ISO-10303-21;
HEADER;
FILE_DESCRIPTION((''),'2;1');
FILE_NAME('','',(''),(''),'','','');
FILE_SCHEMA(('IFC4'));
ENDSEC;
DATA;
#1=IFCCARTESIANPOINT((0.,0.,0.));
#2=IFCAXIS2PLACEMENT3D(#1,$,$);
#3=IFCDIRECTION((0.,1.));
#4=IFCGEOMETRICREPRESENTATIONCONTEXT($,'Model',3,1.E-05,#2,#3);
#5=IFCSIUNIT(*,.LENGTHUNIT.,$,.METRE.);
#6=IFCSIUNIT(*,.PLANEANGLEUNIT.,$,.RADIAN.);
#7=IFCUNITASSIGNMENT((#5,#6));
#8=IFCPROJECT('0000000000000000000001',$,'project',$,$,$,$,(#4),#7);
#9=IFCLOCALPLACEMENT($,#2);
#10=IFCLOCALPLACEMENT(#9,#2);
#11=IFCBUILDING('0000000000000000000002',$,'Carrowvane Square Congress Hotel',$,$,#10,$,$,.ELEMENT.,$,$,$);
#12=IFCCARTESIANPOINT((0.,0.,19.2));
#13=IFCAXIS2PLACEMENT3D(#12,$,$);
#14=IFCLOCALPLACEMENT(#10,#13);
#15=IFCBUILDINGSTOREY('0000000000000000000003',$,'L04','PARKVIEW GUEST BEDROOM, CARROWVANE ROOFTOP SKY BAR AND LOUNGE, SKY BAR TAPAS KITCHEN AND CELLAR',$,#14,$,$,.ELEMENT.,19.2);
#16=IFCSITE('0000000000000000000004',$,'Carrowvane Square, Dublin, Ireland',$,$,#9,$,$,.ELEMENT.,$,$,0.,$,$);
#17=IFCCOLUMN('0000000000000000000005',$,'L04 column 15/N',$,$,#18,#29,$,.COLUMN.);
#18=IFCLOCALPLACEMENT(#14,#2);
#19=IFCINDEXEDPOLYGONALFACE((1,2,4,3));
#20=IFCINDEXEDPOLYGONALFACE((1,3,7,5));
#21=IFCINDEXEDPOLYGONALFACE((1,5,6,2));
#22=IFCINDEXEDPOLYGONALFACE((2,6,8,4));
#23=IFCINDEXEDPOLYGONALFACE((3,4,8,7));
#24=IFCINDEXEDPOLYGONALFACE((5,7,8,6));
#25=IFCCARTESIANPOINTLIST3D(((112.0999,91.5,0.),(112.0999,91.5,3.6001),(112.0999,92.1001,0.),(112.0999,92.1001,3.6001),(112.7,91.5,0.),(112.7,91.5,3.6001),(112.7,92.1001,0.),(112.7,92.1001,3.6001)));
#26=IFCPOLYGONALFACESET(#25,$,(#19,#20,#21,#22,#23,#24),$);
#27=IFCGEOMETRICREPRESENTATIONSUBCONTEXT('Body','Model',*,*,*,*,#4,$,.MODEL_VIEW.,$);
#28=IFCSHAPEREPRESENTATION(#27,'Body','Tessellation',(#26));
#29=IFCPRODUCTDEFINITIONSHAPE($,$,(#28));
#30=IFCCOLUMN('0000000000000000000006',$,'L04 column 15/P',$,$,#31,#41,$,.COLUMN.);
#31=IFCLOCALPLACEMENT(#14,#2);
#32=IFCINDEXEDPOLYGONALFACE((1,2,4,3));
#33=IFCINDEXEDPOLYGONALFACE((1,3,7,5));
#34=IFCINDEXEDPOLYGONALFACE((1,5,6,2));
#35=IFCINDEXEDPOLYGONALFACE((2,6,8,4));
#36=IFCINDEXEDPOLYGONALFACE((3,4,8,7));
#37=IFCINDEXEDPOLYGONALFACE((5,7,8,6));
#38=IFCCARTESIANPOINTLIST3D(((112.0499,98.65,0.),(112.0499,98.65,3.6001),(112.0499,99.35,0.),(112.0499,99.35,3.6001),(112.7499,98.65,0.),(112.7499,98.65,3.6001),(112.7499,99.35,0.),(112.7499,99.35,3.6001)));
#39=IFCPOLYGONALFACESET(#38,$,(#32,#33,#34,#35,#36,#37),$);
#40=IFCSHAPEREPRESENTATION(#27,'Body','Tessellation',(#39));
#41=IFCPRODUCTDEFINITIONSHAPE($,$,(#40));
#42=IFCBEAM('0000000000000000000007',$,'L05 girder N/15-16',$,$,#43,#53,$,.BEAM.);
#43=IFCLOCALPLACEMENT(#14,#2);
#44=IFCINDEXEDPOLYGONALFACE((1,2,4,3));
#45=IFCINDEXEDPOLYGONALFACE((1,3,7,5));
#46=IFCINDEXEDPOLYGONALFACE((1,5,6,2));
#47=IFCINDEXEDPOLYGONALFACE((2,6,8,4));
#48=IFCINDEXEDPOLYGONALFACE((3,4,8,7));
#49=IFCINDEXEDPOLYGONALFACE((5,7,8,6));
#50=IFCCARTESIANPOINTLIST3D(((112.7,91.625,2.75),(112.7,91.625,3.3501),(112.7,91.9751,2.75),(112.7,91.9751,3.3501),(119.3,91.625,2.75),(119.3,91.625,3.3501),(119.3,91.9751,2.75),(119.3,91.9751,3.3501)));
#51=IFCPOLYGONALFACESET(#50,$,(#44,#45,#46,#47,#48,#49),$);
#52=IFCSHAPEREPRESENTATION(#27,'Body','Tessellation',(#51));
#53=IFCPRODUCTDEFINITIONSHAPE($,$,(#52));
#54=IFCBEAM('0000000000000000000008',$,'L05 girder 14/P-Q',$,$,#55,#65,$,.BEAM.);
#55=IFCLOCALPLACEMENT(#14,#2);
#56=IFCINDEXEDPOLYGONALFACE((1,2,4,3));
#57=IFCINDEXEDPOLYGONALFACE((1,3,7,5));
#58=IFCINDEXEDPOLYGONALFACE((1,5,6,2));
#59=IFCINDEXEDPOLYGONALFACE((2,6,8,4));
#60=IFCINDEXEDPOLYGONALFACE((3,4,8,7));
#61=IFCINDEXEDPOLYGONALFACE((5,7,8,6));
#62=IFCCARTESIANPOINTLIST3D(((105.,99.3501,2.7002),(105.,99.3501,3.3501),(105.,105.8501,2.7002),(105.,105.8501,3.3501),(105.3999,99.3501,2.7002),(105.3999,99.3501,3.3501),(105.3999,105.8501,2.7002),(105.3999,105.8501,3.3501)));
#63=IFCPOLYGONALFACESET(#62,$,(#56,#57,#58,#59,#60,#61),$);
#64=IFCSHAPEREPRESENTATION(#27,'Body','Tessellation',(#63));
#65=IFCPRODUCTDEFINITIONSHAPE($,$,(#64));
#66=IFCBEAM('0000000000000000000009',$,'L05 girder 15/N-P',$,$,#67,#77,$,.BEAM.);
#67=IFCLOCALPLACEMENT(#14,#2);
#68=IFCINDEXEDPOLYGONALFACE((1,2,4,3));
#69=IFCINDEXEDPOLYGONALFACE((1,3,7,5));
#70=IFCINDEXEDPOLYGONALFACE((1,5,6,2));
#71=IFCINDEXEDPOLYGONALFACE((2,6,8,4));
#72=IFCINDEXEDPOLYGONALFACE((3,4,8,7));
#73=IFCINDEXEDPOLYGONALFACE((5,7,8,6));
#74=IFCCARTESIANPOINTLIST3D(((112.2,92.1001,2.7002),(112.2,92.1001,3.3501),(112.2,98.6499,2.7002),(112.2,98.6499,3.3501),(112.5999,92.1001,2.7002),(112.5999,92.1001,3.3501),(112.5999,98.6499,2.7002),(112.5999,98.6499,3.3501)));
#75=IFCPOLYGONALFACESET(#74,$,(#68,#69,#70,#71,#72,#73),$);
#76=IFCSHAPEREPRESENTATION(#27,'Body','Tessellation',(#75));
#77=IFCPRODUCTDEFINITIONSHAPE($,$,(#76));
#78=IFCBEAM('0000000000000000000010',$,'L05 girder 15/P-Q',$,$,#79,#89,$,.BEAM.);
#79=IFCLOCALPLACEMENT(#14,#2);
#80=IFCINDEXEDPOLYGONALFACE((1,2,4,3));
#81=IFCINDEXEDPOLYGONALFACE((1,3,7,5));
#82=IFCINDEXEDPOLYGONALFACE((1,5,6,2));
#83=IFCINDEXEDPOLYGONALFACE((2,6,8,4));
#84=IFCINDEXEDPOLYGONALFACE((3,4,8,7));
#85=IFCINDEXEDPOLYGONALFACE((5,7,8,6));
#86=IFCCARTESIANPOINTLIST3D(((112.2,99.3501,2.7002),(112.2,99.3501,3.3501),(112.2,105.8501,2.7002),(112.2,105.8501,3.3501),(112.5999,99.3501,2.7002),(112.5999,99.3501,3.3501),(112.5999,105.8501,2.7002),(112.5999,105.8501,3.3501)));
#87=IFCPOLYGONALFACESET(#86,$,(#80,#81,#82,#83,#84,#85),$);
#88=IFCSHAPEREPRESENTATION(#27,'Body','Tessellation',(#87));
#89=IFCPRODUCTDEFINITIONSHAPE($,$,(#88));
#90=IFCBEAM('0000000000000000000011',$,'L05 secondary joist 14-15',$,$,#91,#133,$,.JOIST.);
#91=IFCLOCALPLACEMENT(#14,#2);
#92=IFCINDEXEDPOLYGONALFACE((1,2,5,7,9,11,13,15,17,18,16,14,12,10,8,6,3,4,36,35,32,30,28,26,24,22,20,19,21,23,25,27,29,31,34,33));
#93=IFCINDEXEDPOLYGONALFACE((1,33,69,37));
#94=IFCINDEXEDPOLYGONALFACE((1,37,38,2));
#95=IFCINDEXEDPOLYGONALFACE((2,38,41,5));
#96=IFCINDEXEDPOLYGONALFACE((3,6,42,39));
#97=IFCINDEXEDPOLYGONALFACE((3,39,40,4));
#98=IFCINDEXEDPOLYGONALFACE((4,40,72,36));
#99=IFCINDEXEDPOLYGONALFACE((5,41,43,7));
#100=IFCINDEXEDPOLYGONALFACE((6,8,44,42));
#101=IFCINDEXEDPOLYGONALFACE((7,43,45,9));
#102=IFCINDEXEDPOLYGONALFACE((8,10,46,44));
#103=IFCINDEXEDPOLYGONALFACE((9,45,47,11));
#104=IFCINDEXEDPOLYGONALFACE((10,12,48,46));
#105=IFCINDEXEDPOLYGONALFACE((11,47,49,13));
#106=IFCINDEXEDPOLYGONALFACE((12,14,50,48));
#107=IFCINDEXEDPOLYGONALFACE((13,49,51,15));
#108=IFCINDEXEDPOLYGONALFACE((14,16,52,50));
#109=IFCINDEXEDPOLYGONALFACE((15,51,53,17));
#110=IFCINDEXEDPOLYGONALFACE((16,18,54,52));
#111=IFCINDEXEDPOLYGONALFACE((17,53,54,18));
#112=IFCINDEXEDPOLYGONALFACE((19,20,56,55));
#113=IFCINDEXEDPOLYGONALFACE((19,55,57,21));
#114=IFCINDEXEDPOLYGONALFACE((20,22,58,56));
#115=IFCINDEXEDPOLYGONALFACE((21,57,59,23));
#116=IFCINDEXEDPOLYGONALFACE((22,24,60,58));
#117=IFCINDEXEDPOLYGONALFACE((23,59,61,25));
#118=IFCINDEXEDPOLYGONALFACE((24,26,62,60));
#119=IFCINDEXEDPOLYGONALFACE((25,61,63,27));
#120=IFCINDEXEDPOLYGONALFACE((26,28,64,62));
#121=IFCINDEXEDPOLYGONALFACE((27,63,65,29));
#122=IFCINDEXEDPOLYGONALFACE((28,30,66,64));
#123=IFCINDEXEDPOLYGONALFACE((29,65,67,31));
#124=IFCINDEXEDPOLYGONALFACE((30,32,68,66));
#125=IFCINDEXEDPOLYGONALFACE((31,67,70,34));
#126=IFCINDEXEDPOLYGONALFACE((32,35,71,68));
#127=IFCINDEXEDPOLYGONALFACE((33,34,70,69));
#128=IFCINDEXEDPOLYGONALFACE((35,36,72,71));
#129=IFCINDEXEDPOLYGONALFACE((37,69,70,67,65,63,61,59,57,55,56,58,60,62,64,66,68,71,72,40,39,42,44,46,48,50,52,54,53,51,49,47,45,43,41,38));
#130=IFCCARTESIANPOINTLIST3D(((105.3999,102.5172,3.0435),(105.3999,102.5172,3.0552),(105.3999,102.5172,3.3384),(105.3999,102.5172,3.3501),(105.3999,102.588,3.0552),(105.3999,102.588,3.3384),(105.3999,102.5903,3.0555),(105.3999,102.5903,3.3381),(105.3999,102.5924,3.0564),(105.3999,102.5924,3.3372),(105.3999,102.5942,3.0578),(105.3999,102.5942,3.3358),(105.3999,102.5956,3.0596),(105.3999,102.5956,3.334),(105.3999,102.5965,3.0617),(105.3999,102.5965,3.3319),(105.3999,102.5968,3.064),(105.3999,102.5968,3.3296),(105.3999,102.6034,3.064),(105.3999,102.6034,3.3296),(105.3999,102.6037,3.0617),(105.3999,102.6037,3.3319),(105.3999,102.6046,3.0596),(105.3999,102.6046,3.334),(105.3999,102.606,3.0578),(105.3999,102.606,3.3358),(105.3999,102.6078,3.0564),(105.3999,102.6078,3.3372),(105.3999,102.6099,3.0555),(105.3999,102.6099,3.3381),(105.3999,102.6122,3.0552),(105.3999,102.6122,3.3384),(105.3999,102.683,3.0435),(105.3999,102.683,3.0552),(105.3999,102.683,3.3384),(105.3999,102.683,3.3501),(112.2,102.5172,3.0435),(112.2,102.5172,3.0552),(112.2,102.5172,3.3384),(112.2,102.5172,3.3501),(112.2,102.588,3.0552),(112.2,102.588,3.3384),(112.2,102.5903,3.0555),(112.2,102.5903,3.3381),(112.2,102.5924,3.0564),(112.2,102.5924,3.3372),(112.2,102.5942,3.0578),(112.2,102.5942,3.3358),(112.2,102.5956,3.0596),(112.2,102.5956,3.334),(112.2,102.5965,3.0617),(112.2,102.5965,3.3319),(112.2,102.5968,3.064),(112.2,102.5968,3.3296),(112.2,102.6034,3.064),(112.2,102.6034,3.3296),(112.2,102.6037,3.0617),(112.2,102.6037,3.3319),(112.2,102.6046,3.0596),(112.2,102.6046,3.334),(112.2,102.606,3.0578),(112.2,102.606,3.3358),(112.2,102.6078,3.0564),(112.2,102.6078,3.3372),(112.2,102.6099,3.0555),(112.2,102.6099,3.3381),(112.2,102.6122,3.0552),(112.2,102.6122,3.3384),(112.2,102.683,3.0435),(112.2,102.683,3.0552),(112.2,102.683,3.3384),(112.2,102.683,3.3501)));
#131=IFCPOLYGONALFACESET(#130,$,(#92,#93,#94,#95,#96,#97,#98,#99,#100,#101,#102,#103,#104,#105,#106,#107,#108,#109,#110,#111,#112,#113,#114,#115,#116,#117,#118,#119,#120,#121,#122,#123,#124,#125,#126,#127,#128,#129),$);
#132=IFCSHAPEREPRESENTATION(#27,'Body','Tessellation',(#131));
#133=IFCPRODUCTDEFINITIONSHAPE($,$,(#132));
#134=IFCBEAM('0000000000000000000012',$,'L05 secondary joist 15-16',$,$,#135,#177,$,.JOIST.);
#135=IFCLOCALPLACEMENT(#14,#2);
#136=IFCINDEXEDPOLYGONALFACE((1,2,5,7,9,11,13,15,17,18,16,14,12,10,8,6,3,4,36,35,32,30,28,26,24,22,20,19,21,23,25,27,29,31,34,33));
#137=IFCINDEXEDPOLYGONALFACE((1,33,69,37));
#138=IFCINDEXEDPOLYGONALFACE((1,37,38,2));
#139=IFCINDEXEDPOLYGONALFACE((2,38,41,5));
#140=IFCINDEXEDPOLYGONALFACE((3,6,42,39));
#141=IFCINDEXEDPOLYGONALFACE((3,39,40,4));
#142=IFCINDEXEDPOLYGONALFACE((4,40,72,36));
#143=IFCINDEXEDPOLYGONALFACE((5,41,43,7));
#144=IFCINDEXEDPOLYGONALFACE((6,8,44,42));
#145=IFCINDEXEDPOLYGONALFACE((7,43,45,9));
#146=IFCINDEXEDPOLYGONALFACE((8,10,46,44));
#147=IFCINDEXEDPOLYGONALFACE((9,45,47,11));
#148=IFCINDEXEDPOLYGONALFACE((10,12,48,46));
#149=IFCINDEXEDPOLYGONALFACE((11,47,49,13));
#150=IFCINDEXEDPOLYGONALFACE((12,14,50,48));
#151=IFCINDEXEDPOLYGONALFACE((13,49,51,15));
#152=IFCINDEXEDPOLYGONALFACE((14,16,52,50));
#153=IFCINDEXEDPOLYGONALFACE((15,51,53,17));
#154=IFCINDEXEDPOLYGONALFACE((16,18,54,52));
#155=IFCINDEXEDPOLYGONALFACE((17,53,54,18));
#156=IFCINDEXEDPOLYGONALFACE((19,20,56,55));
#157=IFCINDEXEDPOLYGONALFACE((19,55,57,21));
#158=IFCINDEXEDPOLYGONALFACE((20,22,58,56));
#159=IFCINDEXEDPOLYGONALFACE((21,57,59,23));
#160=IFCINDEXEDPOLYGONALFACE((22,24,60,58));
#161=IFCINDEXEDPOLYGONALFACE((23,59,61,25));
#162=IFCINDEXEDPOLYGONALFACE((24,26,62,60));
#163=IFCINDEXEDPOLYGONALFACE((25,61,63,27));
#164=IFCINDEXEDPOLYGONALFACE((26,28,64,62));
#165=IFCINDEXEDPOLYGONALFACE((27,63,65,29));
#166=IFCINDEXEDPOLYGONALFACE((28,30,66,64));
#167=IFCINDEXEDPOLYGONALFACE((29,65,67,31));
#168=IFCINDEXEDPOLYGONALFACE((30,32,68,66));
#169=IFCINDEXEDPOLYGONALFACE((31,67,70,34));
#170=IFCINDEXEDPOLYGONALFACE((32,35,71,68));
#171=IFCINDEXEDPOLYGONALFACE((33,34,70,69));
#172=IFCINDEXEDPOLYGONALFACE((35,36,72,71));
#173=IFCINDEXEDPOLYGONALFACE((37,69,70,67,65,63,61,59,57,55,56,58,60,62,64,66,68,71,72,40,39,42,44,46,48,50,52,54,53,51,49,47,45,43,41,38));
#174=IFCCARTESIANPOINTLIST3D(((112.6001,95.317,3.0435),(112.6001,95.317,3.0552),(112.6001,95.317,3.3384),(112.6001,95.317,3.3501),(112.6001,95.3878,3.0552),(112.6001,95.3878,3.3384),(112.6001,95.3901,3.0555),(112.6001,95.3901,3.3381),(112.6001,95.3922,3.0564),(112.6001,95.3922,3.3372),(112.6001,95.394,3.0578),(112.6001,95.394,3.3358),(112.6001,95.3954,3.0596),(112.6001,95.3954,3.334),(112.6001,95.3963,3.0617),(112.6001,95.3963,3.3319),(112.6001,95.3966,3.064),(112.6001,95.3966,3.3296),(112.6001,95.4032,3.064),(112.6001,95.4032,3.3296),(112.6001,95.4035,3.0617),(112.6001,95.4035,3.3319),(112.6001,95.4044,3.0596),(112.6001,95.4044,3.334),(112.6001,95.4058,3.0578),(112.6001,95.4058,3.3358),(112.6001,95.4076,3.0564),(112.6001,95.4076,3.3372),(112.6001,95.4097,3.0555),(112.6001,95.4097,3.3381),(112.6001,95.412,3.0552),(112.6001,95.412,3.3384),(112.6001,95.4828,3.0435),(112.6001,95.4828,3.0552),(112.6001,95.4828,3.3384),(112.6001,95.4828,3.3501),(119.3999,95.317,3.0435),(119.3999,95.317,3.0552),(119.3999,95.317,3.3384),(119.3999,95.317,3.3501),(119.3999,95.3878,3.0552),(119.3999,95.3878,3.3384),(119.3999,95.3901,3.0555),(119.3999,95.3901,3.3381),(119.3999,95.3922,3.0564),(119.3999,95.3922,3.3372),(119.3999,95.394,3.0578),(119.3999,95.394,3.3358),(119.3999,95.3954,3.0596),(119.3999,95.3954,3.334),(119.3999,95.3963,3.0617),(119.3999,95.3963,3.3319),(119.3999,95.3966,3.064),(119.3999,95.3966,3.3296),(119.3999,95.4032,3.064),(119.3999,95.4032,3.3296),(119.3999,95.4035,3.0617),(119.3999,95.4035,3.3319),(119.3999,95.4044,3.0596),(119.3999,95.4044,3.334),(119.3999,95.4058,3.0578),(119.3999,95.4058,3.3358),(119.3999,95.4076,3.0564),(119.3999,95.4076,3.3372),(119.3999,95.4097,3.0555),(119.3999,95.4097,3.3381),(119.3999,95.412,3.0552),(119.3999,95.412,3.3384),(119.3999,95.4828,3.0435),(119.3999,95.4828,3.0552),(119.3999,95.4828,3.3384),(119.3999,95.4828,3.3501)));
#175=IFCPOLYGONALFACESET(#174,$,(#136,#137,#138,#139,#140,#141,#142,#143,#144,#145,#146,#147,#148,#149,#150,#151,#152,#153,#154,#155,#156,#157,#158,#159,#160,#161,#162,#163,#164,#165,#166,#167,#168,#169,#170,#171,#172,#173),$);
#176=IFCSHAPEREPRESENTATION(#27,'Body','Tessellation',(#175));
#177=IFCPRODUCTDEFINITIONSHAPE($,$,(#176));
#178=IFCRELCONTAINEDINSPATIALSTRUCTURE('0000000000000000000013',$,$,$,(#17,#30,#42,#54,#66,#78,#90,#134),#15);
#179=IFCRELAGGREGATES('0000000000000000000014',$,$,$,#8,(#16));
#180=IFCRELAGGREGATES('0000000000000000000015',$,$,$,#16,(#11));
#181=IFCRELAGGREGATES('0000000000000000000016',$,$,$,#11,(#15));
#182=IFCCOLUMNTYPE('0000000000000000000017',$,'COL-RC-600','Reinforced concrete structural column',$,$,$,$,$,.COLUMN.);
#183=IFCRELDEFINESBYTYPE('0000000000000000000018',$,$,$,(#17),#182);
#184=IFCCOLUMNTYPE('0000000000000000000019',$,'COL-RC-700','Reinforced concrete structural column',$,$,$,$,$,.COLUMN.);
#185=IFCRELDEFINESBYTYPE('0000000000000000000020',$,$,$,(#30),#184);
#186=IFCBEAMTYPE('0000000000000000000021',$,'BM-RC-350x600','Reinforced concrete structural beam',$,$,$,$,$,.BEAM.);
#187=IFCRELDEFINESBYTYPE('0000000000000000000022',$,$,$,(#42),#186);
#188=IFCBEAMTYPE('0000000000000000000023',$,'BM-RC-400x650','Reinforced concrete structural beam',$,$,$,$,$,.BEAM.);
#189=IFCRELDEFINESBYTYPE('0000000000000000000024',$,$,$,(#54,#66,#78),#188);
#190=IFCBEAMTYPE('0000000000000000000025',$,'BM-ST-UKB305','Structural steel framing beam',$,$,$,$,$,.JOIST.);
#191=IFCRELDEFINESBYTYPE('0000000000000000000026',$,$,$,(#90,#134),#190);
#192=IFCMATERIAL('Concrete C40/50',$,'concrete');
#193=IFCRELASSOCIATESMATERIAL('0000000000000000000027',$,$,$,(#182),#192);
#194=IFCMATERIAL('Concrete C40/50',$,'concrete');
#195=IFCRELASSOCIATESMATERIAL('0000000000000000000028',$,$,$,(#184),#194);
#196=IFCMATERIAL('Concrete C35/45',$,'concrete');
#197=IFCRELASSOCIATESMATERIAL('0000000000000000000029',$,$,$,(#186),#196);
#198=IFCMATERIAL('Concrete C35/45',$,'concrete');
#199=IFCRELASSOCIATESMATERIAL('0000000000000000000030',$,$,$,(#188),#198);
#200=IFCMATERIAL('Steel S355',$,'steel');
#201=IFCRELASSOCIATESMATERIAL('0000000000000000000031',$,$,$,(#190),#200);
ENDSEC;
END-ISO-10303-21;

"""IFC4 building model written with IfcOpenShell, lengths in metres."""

from ifc_helpers import new_model, si_unit, direction, frame, origin, origin_2d, place, context, subcontext, project, spatial, rectangle, i_section, extrude, material, material_profile, profile_set, type_object, element, save


model = new_model("IFC4")

# Units and contexts
model_context = context("Model", 3, precision=1e-05, world=origin(), true_north=direction((0.0, 1.0)))
body_context = subcontext(model_context, "Body", "Model", "MODEL_VIEW")
ifc_project = project(units=[si_unit("LENGTHUNIT", "METRE"), si_unit("PLANEANGLEUNIT", "RADIAN")], contexts=[model_context])

# Site, building, storey
site_placement = place(None, origin())
site = spatial("IfcSite", under=ifc_project, at=site_placement, Name="Carrowvane Square, Dublin, Ireland", CompositionType="ELEMENT", RefElevation=0.0)
building_placement = place(site_placement, origin())
building = spatial("IfcBuilding", under=site, at=building_placement, Name="Carrowvane Square Congress Hotel", CompositionType="ELEMENT")
storey_placement = place(building_placement, frame((0.0, 0.0, 19.2)))
storey = spatial("IfcBuildingStorey", under=building, at=storey_placement, Name="L04", Description="PARKVIEW GUEST BEDROOM, CARROWVANE ROOFTOP SKY BAR AND LOUNGE, SKY BAR TAPAS KITCHEN AND CELLAR", CompositionType="ELEMENT", Elevation=19.2)

# Columns
ifc_material_1 = material(Name="Concrete C40/50", Category="concrete")
ifc_material_profile_1 = material_profile(ifc_material_1, rectangle(XDim=0.6001, YDim=0.6001, at=origin_2d()), Name="RC 600x600")
ifc_profile_set_1 = profile_set([ifc_material_profile_1], Name="Concrete C40/50")
column_type_1 = type_object("IfcColumnType", Name="COL-RC-600", Description="Reinforced concrete structural column", PredefinedType="COLUMN", material=ifc_profile_set_1)
column_1_placement = place(storey_placement, frame((112.3999, 91.8, 0.0), z_axis=(0.0, 0.0, 1.0), x_axis=(1.0, 0.0, 0.0)))
element("IfcColumn", 1, at=column_1_placement, inside=storey, type_object=column_type_1, Name="L04 column 15/N", PredefinedType="COLUMN", context=body_context, shape_type="SweptSolid", body=[
    extrude(rectangle(XDim=0.6001, YDim=0.6001, at=origin_2d()), origin(), (0.0, 0.0, 1.0), 3.6001),
])
ifc_material_2 = material(Name="Concrete C40/50", Category="concrete")
ifc_material_profile_2 = material_profile(ifc_material_2, rectangle(XDim=0.7, YDim=0.7, at=origin_2d()), Name="RC 700x700")
ifc_profile_set_2 = profile_set([ifc_material_profile_2], Name="Concrete C40/50")
column_type_2 = type_object("IfcColumnType", Name="COL-RC-700", Description="Reinforced concrete structural column", PredefinedType="COLUMN", material=ifc_profile_set_2)
column_2_placement = place(storey_placement, frame((112.3999, 99.0, 0.0), z_axis=(0.0, 0.0, 1.0), x_axis=(1.0, 0.0, 0.0)))
element("IfcColumn", 2, at=column_2_placement, inside=storey, type_object=column_type_2, Name="L04 column 15/P", PredefinedType="COLUMN", context=body_context, shape_type="SweptSolid", body=[
    extrude(rectangle(XDim=0.7, YDim=0.7, at=origin_2d()), origin(), (0.0, 0.0, 1.0), 3.6001),
])

# Beams
ifc_material_3 = material(Name="Concrete C35/45", Category="concrete")
ifc_material_profile_3 = material_profile(ifc_material_3, rectangle(XDim=0.3501, YDim=0.6001, at=origin_2d()), Name="RC 350x600")
ifc_profile_set_3 = profile_set([ifc_material_profile_3], Name="Concrete C35/45")
beam_type_1 = type_object("IfcBeamType", Name="BM-RC-350x600", Description="Reinforced concrete structural beam", PredefinedType="BEAM", material=ifc_profile_set_3)
beam_1_placement = place(storey_placement, frame((112.7, 91.8, 3.05), z_axis=(1.0, 0.0, 0.0), x_axis=(0.0, 1.0, 0.0)))
element("IfcBeam", 3, at=beam_1_placement, inside=storey, type_object=beam_type_1, Name="L05 girder N/15-16", PredefinedType="BEAM", context=body_context, shape_type="SweptSolid", body=[
    extrude(rectangle(XDim=0.3501, YDim=0.6001, at=origin_2d()), origin(), (0.0, 0.0, 1.0), 6.6001),
])
ifc_material_4 = material(Name="Concrete C35/45", Category="concrete")
ifc_material_profile_4 = material_profile(ifc_material_4, rectangle(XDim=0.3999, YDim=0.6499, at=origin_2d()), Name="RC 400x650")
ifc_profile_set_4 = profile_set([ifc_material_profile_4], Name="Concrete C35/45")
beam_type_2 = type_object("IfcBeamType", Name="BM-RC-400x650", Description="Reinforced concrete structural beam", PredefinedType="BEAM", material=ifc_profile_set_4)
beam_2_placement = place(storey_placement, frame((105.2, 99.3501, 3.0251), z_axis=(0.0, 1.0, 0.0), x_axis=(-1.0, 0.0, 0.0)))
element("IfcBeam", 4, at=beam_2_placement, inside=storey, type_object=beam_type_2, Name="L05 girder 14/P-Q", PredefinedType="BEAM", context=body_context, shape_type="SweptSolid", body=[
    extrude(rectangle(XDim=0.3999, YDim=0.6499, at=origin_2d()), origin(), (0.0, 0.0, 1.0), 6.5),
])
beam_3_placement = place(storey_placement, frame((112.3999, 92.1001, 3.0251), z_axis=(0.0, 1.0, 0.0), x_axis=(-1.0, 0.0, 0.0)))
element("IfcBeam", 5, at=beam_3_placement, inside=storey, type_object=beam_type_2, Name="L05 girder 15/N-P", PredefinedType="BEAM", context=body_context, shape_type="SweptSolid", body=[
    extrude(rectangle(XDim=0.3999, YDim=0.6499, at=origin_2d()), origin(), (0.0, 0.0, 1.0), 6.5498),
])
beam_4_placement = place(storey_placement, frame((112.3999, 99.3501, 3.0251), z_axis=(0.0, 1.0, 0.0), x_axis=(-1.0, 0.0, 0.0)))
element("IfcBeam", 6, at=beam_4_placement, inside=storey, type_object=beam_type_2, Name="L05 girder 15/P-Q", PredefinedType="BEAM", context=body_context, shape_type="SweptSolid", body=[
    extrude(rectangle(XDim=0.3999, YDim=0.6499, at=origin_2d()), origin(), (0.0, 0.0, 1.0), 6.5),
])
ifc_material_5 = material(Name="Steel S355", Category="steel")
ifc_material_profile_5 = material_profile(ifc_material_5, i_section(OverallWidth=0.1658, OverallDepth=0.3066, WebThickness=0.0066, FlangeThickness=0.0117, FilletRadius=0.0088, at=origin_2d()), Name="UKB 305x165x46")
ifc_profile_set_5 = profile_set([ifc_material_profile_5], Name="Steel S355")
beam_type_3 = type_object("IfcBeamType", Name="BM-ST-UKB305", Description="Structural steel framing beam", PredefinedType="JOIST", material=ifc_profile_set_5)
beam_5_placement = place(storey_placement, frame((105.3999, 102.6001, 3.1968), z_axis=(1.0, 0.0, 0.0), x_axis=(0.0, 1.0, 0.0)))
element("IfcBeam", 7, at=beam_5_placement, inside=storey, type_object=beam_type_3, Name="L05 secondary joist 14-15", PredefinedType="JOIST", context=body_context, shape_type="SweptSolid", body=[
    extrude(i_section(OverallWidth=0.1658, OverallDepth=0.3066, WebThickness=0.0066, FlangeThickness=0.0117, FilletRadius=0.0088, at=origin_2d()), origin(), (0.0, 0.0, 1.0), 6.8),
])
beam_6_placement = place(storey_placement, frame((112.6001, 95.3999, 3.1968), z_axis=(1.0, 0.0, 0.0), x_axis=(0.0, 1.0, 0.0)))
element("IfcBeam", 8, at=beam_6_placement, inside=storey, type_object=beam_type_3, Name="L05 secondary joist 15-16", PredefinedType="JOIST", context=body_context, shape_type="SweptSolid", body=[
    extrude(i_section(OverallWidth=0.1658, OverallDepth=0.3066, WebThickness=0.0066, FlangeThickness=0.0117, FilletRadius=0.0088, at=origin_2d()), origin(), (0.0, 0.0, 1.0), 6.7998),
])

save(model, "model.ifc")
